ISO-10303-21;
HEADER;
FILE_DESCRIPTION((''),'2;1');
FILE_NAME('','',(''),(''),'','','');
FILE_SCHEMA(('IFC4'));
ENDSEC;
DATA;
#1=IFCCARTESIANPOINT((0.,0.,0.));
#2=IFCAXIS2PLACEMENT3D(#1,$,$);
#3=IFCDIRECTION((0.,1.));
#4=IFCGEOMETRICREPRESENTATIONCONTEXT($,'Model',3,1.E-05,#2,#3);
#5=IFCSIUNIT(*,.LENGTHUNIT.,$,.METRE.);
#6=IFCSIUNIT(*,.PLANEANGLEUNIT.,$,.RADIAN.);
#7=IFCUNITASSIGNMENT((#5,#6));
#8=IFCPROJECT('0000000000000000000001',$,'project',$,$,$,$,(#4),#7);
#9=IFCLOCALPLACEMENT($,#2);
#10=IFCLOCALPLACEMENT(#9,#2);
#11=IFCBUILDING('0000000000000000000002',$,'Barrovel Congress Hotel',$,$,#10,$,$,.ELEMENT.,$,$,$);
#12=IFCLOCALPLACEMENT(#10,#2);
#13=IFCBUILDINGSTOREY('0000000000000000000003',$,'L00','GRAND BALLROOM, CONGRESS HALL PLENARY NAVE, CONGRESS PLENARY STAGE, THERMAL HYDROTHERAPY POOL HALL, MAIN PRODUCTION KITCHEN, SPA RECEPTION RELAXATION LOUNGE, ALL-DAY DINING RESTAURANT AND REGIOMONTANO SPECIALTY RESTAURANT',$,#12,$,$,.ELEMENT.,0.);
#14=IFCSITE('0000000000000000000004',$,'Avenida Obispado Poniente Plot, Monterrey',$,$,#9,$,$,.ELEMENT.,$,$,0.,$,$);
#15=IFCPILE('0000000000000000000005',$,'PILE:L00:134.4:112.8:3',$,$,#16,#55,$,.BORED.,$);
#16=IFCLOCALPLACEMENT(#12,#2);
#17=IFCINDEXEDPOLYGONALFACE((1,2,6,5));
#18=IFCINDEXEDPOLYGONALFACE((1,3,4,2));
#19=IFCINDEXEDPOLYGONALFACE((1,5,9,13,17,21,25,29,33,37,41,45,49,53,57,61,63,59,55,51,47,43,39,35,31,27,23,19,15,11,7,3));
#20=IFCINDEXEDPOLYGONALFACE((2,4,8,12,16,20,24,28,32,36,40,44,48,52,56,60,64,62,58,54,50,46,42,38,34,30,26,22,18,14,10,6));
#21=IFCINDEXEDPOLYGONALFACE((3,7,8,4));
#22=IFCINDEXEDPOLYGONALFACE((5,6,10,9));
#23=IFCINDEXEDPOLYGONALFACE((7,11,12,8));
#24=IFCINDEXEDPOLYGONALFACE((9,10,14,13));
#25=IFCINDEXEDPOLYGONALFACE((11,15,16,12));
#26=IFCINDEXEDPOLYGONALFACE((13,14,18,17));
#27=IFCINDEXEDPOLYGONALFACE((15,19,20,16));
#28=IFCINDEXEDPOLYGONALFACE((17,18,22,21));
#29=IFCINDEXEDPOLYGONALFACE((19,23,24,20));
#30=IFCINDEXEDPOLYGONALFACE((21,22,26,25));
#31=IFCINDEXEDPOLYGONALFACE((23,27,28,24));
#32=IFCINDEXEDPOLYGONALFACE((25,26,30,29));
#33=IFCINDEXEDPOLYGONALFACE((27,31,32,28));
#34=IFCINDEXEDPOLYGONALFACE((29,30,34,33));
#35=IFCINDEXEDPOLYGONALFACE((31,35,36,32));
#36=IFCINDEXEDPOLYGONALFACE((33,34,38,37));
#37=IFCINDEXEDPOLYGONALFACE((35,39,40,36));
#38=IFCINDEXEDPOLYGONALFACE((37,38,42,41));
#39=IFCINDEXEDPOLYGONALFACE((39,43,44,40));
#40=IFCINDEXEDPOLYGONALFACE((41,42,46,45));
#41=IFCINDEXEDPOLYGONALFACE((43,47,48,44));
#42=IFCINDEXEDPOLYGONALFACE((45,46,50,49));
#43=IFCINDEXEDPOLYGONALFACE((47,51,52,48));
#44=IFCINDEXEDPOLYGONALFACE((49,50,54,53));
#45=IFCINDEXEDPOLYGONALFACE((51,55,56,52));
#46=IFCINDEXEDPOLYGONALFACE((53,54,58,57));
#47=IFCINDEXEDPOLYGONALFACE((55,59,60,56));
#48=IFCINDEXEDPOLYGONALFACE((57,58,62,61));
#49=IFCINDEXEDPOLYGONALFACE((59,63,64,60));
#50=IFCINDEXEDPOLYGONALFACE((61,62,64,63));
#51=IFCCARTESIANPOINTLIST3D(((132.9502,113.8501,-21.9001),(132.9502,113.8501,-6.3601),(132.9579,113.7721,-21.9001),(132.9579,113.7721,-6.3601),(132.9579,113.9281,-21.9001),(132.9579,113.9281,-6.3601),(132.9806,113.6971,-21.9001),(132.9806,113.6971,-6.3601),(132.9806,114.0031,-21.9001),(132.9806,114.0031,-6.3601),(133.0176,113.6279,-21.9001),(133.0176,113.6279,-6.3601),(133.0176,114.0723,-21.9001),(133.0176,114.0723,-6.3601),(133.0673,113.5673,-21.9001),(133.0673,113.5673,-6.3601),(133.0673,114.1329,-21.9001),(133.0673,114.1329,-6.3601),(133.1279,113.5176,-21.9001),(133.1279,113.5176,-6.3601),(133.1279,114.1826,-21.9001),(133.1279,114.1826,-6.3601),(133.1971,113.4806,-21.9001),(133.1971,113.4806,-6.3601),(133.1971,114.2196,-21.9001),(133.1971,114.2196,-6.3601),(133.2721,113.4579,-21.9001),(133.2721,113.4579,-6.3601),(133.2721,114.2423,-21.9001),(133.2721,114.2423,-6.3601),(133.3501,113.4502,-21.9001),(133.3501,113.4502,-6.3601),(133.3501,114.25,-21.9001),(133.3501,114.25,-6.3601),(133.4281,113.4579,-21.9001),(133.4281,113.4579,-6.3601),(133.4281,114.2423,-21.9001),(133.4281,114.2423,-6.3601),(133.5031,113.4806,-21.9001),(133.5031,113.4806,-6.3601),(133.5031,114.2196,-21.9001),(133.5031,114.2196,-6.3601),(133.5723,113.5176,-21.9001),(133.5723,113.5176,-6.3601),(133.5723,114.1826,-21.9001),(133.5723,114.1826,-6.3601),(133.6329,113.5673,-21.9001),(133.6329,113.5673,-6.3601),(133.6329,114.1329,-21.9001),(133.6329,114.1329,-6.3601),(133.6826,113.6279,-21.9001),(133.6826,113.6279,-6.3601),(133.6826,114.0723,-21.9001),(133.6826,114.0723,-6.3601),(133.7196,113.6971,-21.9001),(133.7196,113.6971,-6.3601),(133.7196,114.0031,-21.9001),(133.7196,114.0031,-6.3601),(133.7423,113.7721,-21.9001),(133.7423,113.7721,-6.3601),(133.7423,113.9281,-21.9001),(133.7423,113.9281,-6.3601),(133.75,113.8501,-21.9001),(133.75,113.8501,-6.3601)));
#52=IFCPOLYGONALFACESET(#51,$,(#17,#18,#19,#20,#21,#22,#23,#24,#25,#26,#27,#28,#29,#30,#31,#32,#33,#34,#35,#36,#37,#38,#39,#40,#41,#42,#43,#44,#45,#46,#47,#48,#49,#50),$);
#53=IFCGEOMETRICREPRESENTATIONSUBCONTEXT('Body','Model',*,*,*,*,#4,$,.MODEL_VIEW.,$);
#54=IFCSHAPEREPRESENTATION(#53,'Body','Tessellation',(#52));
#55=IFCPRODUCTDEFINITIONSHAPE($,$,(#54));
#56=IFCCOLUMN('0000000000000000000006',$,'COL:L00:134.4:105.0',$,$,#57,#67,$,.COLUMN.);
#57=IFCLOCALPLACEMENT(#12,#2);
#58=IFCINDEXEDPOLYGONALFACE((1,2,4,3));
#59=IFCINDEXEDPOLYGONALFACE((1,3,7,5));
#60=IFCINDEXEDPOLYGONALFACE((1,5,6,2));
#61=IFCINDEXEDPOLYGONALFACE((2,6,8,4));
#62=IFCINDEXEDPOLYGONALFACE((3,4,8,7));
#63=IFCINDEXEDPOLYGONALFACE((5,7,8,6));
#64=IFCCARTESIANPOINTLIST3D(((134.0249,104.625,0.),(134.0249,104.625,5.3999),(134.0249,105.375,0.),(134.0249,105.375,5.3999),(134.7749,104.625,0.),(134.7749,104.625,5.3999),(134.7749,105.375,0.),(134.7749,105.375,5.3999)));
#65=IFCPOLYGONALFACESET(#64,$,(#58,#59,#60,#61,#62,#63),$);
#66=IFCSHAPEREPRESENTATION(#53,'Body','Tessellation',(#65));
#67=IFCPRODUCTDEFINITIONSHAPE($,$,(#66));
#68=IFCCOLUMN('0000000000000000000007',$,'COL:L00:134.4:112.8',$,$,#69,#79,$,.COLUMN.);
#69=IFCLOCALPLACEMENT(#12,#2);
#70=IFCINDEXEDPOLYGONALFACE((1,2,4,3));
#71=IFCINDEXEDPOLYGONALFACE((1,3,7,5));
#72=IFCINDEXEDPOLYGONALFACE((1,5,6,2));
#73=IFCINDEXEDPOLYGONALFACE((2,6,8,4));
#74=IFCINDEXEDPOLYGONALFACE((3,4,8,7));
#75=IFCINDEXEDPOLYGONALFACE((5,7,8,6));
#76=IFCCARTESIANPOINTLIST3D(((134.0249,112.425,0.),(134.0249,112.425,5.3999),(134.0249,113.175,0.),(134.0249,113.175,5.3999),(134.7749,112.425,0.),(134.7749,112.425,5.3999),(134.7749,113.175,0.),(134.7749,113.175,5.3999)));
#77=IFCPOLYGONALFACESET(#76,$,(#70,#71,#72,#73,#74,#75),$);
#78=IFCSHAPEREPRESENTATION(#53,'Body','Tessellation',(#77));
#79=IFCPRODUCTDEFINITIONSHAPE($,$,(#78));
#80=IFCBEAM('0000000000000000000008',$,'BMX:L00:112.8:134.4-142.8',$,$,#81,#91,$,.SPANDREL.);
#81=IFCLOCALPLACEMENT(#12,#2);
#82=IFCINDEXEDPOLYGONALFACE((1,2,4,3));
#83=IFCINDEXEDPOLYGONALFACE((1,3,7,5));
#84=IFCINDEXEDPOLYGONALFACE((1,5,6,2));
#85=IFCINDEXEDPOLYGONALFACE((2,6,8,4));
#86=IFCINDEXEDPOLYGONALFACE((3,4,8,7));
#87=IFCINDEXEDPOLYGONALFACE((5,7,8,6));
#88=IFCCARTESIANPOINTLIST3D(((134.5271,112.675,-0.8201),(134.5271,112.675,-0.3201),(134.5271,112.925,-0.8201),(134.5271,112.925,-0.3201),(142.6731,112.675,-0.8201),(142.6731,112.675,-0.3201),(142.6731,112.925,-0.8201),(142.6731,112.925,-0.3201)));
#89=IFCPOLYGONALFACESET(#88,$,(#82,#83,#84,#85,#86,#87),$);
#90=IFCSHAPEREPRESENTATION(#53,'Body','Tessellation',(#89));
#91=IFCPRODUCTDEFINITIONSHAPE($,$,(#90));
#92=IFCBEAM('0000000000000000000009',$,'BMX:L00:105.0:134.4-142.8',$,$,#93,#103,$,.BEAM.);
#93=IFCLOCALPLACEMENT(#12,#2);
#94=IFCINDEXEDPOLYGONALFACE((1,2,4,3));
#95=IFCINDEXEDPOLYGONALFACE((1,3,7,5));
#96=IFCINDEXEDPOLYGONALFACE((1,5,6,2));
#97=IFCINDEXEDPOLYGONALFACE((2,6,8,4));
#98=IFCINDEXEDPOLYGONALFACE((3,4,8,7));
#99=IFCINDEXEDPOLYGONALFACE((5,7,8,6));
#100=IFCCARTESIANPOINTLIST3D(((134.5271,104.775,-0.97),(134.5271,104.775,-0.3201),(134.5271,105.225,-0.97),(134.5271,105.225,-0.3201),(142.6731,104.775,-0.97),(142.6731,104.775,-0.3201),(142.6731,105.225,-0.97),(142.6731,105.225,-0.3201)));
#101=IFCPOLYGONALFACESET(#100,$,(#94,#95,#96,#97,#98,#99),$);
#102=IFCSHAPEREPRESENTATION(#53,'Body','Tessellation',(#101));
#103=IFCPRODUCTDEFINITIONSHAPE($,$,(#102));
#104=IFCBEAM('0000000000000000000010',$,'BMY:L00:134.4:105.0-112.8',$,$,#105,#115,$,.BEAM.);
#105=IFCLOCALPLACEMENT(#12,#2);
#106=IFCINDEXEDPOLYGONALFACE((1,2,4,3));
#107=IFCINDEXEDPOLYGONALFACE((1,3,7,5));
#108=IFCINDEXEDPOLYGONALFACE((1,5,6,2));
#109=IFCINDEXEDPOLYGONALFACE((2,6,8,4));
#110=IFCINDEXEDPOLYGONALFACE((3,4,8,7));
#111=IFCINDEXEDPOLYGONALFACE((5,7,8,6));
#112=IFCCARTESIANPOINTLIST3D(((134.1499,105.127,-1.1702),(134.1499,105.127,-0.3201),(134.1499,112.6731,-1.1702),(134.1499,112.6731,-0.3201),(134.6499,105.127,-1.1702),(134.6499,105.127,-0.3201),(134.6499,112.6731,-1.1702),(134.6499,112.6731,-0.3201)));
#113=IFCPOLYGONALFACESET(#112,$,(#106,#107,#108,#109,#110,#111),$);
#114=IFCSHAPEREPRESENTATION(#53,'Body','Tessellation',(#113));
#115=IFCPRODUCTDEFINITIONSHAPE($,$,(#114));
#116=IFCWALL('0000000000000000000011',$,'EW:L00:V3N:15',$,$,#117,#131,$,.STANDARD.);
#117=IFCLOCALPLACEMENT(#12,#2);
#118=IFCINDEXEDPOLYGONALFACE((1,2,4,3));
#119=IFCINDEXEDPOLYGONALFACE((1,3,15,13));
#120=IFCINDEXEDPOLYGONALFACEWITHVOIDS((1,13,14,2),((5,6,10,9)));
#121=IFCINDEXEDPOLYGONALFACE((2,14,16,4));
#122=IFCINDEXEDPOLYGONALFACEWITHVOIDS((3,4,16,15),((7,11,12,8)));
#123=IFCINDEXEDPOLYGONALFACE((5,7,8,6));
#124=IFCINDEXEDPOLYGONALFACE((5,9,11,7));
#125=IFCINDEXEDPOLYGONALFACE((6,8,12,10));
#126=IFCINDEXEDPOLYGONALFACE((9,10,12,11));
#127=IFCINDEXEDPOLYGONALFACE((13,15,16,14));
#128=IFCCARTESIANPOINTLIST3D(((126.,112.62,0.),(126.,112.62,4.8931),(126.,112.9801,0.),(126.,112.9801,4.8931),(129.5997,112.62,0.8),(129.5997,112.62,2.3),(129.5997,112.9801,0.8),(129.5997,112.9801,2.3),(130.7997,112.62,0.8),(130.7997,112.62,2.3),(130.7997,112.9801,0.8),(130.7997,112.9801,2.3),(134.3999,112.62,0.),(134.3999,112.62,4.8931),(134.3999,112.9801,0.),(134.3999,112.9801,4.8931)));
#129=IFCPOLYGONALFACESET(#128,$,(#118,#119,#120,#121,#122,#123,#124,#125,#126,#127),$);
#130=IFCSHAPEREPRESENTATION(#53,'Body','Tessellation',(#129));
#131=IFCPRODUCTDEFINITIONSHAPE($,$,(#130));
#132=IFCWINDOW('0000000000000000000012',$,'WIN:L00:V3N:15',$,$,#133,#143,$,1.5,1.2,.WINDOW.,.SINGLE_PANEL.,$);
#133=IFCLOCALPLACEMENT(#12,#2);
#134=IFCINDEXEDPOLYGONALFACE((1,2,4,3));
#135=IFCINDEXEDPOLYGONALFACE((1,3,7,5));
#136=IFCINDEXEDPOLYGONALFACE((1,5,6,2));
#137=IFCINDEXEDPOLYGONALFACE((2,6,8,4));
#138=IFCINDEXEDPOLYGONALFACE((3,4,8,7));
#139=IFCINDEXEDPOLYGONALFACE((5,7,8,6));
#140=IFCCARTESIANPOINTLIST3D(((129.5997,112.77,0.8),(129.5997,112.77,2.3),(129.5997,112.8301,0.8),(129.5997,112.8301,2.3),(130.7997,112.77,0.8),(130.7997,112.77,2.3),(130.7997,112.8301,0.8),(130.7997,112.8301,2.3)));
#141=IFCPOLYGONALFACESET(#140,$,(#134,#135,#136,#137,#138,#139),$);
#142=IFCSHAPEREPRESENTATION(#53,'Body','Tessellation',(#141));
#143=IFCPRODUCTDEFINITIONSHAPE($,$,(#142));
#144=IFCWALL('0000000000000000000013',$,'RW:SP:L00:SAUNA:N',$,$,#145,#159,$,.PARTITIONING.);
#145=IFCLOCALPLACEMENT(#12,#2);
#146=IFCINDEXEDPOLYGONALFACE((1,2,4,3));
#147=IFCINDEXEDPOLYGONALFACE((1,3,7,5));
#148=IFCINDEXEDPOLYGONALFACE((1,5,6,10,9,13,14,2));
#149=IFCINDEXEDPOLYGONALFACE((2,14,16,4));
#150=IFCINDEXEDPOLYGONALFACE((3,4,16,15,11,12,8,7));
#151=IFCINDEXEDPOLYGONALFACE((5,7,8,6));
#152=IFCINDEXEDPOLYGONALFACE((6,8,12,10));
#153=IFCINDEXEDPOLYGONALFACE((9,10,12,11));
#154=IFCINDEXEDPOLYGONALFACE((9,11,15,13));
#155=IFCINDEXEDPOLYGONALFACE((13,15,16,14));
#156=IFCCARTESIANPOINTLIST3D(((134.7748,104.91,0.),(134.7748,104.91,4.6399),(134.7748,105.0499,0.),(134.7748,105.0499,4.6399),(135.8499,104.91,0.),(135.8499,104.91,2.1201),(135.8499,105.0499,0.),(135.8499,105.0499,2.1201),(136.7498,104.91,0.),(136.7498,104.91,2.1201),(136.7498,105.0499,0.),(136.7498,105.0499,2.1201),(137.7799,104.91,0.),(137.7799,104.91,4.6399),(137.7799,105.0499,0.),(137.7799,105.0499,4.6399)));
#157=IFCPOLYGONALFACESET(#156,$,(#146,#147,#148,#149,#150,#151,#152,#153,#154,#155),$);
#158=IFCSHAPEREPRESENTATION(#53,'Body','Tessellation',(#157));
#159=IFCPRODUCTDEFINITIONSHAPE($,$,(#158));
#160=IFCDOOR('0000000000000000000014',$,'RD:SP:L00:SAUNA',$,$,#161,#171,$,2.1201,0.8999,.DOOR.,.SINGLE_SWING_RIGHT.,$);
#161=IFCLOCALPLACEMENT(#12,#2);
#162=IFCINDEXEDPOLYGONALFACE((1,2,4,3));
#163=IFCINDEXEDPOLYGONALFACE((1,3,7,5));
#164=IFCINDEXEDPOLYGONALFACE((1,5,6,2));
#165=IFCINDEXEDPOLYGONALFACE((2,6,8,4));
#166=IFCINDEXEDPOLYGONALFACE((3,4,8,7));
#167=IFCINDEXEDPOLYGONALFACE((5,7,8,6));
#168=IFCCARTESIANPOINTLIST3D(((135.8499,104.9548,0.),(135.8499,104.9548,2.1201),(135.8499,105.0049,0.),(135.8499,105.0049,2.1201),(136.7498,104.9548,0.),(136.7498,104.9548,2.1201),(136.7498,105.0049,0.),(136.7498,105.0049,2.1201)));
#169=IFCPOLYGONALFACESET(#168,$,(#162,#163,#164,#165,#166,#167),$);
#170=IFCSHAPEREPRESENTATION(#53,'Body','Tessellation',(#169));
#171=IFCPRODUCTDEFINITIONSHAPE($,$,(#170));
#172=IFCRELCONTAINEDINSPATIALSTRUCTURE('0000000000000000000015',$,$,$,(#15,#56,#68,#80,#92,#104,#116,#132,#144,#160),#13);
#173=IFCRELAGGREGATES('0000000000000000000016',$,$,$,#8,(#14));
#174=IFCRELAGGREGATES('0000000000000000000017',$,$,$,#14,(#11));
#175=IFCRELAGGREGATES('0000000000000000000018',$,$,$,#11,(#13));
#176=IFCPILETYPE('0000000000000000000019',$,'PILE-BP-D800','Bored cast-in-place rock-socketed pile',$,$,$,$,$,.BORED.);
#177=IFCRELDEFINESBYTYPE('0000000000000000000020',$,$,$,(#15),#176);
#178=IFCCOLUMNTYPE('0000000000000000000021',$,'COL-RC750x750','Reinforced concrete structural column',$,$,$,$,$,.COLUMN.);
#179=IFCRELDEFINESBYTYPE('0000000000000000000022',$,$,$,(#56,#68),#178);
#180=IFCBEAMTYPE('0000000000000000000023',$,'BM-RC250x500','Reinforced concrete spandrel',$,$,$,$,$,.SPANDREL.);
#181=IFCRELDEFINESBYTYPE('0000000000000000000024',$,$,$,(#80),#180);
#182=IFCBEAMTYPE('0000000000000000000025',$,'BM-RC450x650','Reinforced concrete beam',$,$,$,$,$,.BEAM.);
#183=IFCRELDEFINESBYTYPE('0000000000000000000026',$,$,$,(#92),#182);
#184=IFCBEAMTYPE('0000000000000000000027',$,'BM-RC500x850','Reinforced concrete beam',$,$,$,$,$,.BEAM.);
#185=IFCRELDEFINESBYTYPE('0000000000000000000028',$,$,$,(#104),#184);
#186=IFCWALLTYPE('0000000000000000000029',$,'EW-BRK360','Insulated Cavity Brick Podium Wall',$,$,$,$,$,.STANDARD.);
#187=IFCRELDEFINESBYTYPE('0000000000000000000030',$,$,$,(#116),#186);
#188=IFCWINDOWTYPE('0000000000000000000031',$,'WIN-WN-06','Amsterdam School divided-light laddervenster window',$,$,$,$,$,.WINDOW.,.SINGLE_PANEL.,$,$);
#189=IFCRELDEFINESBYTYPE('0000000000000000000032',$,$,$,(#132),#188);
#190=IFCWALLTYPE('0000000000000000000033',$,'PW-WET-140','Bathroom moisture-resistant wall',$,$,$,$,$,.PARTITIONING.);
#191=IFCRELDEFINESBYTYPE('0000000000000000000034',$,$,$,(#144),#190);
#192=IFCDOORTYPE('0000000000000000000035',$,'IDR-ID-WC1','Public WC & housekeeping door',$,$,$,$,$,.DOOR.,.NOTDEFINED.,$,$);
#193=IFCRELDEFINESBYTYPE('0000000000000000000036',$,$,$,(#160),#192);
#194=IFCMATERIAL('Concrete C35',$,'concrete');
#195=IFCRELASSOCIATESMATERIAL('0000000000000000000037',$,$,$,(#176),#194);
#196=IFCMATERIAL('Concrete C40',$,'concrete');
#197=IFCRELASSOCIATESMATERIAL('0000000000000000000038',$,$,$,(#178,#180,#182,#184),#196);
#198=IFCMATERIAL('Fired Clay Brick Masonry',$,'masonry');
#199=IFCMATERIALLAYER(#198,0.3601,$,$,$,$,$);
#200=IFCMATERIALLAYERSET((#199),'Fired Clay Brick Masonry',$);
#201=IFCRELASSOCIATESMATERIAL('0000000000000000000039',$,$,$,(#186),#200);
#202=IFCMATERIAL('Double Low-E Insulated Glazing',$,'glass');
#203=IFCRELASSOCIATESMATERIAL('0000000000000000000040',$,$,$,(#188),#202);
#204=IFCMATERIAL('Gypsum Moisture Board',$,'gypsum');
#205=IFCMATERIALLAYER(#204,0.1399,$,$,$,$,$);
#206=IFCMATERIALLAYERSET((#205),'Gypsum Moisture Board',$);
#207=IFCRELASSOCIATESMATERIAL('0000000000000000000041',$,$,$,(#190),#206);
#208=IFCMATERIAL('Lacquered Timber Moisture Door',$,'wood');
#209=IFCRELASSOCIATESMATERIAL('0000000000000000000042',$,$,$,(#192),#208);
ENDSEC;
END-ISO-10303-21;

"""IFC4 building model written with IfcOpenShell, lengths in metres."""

from ifc_helpers import new_model, si_unit, direction, frame, frame_2d, origin, origin_2d, place, context, subcontext, project, spatial, rectangle, circle, extrude, material, layer, layer_set, material_profile, profile_set, type_object, element, fill, save


model = new_model("IFC4")

# Units and contexts
model_context = context("Model", 3, precision=1e-05, world=origin(), true_north=direction((0.0, 1.0)))
body_context = subcontext(model_context, "Body", "Model", "MODEL_VIEW")
ifc_project = project(units=[si_unit("LENGTHUNIT", "METRE"), si_unit("PLANEANGLEUNIT", "RADIAN")], contexts=[model_context])

# Site, building, storey
site_placement = place(None, origin())
site = spatial("IfcSite", under=ifc_project, at=site_placement, Name="Avenida Obispado Poniente Plot, Monterrey", CompositionType="ELEMENT", RefElevation=0.0)
building_placement = place(site_placement, origin())
building = spatial("IfcBuilding", under=site, at=building_placement, Name="Barrovel Congress Hotel", CompositionType="ELEMENT")
storey_placement = place(building_placement, origin())
storey = spatial("IfcBuildingStorey", under=building, at=storey_placement, Name="L00", Description="GRAND BALLROOM, CONGRESS HALL PLENARY NAVE, CONGRESS PLENARY STAGE, THERMAL HYDROTHERAPY POOL HALL, MAIN PRODUCTION KITCHEN, SPA RECEPTION RELAXATION LOUNGE, ALL-DAY DINING RESTAURANT AND REGIOMONTANO SPECIALTY RESTAURANT", CompositionType="ELEMENT", Elevation=0.0)

# Shared definitions
ifc_material_1 = material(Name="Concrete C40", Category="concrete")

# Pile
ifc_material_2 = material(Name="Concrete C35", Category="concrete")
ifc_material_profile_1 = material_profile(ifc_material_2, circle(Radius=0.3999, at=origin_2d()), Name="BP-D800")
ifc_profile_set_1 = profile_set([ifc_material_profile_1], Name="Concrete C35")
pile_type = type_object("IfcPileType", Name="PILE-BP-D800", Description="Bored cast-in-place rock-socketed pile", PredefinedType="BORED", material=ifc_profile_set_1)
for number, where, z_axis, x_axis, name in (
    (1, (133.3501, 113.8501, -6.3601), (0.0, 0.0, -1.0), (1.0, 0.0, 0.0), "PILE:L00:134.4:112.8:3"),
):
    element("IfcPile", number, at=place(storey_placement, frame(where, z_axis=z_axis, x_axis=x_axis)), inside=storey, type_object=pile_type, Name=name, PredefinedType="BORED", context=body_context, shape_type="SweptSolid", body=[
        extrude(circle(Radius=0.3999, at=origin_2d()), origin(), (0.0, 0.0, 1.0), 15.54),
    ])

# Columns
ifc_material_profile_2 = material_profile(ifc_material_1, rectangle(XDim=0.75, YDim=0.75, at=origin_2d()), Name="RC750x750")
ifc_profile_set_2 = profile_set([ifc_material_profile_2], Name="Concrete C40")
column_type = type_object("IfcColumnType", Name="COL-RC750x750", Description="Reinforced concrete structural column", PredefinedType="COLUMN", material=ifc_profile_set_2)
for number, where, z_axis, x_axis, name in (
    (2, (134.3999, 105.0, 0.0), (0.0, 0.0, 1.0), (1.0, 0.0, 0.0), "COL:L00:134.4:105.0"),
    (3, (134.3999, 112.8, 0.0), (0.0, 0.0, 1.0), (1.0, 0.0, 0.0), "COL:L00:134.4:112.8"),
):
    element("IfcColumn", number, at=place(storey_placement, frame(where, z_axis=z_axis, x_axis=x_axis)), inside=storey, type_object=column_type, Name=name, PredefinedType="COLUMN", context=body_context, shape_type="SweptSolid", body=[
        extrude(rectangle(XDim=0.75, YDim=0.75, at=origin_2d()), origin(), (0.0, 0.0, 1.0), 5.3999),
    ])

# Beams
ifc_material_profile_3 = material_profile(ifc_material_1, rectangle(XDim=0.25, YDim=0.5, at=origin_2d()), Name="RC250x500")
ifc_profile_set_3 = profile_set([ifc_material_profile_3], Name="Concrete C40")
beam_type_1 = type_object("IfcBeamType", Name="BM-RC250x500", Description="Reinforced concrete spandrel", PredefinedType="SPANDREL", material=ifc_profile_set_3)
beam_1_placement = place(storey_placement, frame((134.5271, 112.8, -0.5701), z_axis=(1.0, 0.0, 0.0), x_axis=(0.0, 1.0, 0.0)))
element("IfcBeam", 4, at=beam_1_placement, inside=storey, type_object=beam_type_1, Name="BMX:L00:112.8:134.4-142.8", PredefinedType="SPANDREL", context=body_context, shape_type="SweptSolid", body=[
    extrude(rectangle(XDim=0.25, YDim=0.5, at=origin_2d()), origin(), (0.0, 0.0, 1.0), 8.146),
])
ifc_material_profile_4 = material_profile(ifc_material_1, rectangle(XDim=0.45, YDim=0.6499, at=origin_2d()), Name="RC450x650")
ifc_profile_set_4 = profile_set([ifc_material_profile_4], Name="Concrete C40")
beam_type_2 = type_object("IfcBeamType", Name="BM-RC450x650", Description="Reinforced concrete beam", PredefinedType="BEAM", material=ifc_profile_set_4)
beam_2_placement = place(storey_placement, frame((134.5271, 105.0, -0.645), z_axis=(1.0, 0.0, 0.0), x_axis=(0.0, 1.0, 0.0)))
element("IfcBeam", 5, at=beam_2_placement, inside=storey, type_object=beam_type_2, Name="BMX:L00:105.0:134.4-142.8", PredefinedType="BEAM", context=body_context, shape_type="SweptSolid", body=[
    extrude(rectangle(XDim=0.45, YDim=0.6499, at=origin_2d()), origin(), (0.0, 0.0, 1.0), 8.146),
])
ifc_material_profile_5 = material_profile(ifc_material_1, rectangle(XDim=0.5, YDim=0.8501, at=origin_2d()), Name="RC500x850")
ifc_profile_set_5 = profile_set([ifc_material_profile_5], Name="Concrete C40")
beam_type_3 = type_object("IfcBeamType", Name="BM-RC500x850", Description="Reinforced concrete beam", PredefinedType="BEAM", material=ifc_profile_set_5)
beam_3_placement = place(storey_placement, frame((134.3999, 105.127, -0.7451), z_axis=(0.0, 1.0, 0.0), x_axis=(-1.0, 0.0, 0.0)))
element("IfcBeam", 6, at=beam_3_placement, inside=storey, type_object=beam_type_3, Name="BMY:L00:134.4:105.0-112.8", PredefinedType="BEAM", context=body_context, shape_type="SweptSolid", body=[
    extrude(rectangle(XDim=0.5, YDim=0.8501, at=origin_2d()), origin(), (0.0, 0.0, 1.0), 7.5461),
])

# Wall, opening, window
ifc_material_3 = material(Name="Fired Clay Brick Masonry", Category="masonry")
ifc_layer_1 = layer(ifc_material_3, 0.3601)
ifc_layer_set_1 = layer_set([ifc_layer_1], Name="Fired Clay Brick Masonry")
wall_type_1 = type_object("IfcWallType", Name="EW-BRK360", Description="Insulated Cavity Brick Podium Wall", PredefinedType="STANDARD", material=ifc_layer_set_1)
wall_1_placement = place(storey_placement, frame((134.3999, 112.8, 0.0), z_axis=(0.0, 0.0, 1.0), x_axis=(-1.0, 0.0, 0.0)))
wall_1 = element("IfcWall", 7, at=wall_1_placement, inside=storey, type_object=wall_type_1, Name="EW:L00:V3N:15", PredefinedType="STANDARD", context=body_context, shape_type="SweptSolid", body=[
    extrude(rectangle(XDim=8.3999, YDim=0.3601, at=frame_2d((4.2, 0.0))), origin(), (0.0, 0.0, 1.0), 4.8931),
])
opening_1_placement = place(wall_1_placement, frame((3.6001, 0.0, 0.8)))
opening_1 = element("IfcOpeningElement", 8, at=opening_1_placement, cuts=wall_1, PredefinedType="OPENING", context=body_context, shape_type="SweptSolid", body=[
    extrude(rectangle(XDim=1.2, YDim=1.5, at=frame_2d((0.6001, 0.75))), frame((0.0, 0.1899, 0.0), z_axis=(0.0, -1.0, 0.0), x_axis=(1.0, 0.0, 0.0)), (0.0, 0.0, 1.0), 0.3801),
])
ifc_material_4 = material(Name="Double Low-E Insulated Glazing", Category="glass")
window_type = type_object("IfcWindowType", Name="WIN-WN-06", Description="Amsterdam School divided-light laddervenster window", PartitioningType="SINGLE_PANEL", PredefinedType="WINDOW", material=ifc_material_4)
window_placement = place(opening_1_placement, origin())
window = element("IfcWindow", 9, at=window_placement, inside=storey, type_object=window_type, Name="WIN:L00:V3N:15", OverallHeight=1.5, OverallWidth=1.2, PartitioningType="SINGLE_PANEL", PredefinedType="WINDOW", context=body_context, shape_type="SweptSolid", body=[
    extrude(rectangle(XDim=1.2, YDim=1.5, at=frame_2d((0.6001, 0.75))), frame((0.0, 0.03, 0.0), z_axis=(0.0, -1.0, 0.0), x_axis=(1.0, 0.0, 0.0)), (0.0, 0.0, 1.0), 0.0601),
])
fill(opening_1, window)

# Wall, opening, door
ifc_material_5 = material(Name="Gypsum Moisture Board", Category="gypsum")
ifc_layer_2 = layer(ifc_material_5, 0.1399)
ifc_layer_set_2 = layer_set([ifc_layer_2], Name="Gypsum Moisture Board")
wall_type_2 = type_object("IfcWallType", Name="PW-WET-140", Description="Bathroom moisture-resistant wall", PredefinedType="PARTITIONING", material=ifc_layer_set_2)
wall_2_placement = place(storey_placement, frame((134.7749, 104.98, 0.0), z_axis=(0.0, 0.0, 1.0), x_axis=(1.0, 0.0, 0.0)))
wall_2 = element("IfcWall", 10, at=wall_2_placement, inside=storey, type_object=wall_type_2, Name="RW:SP:L00:SAUNA:N", PredefinedType="PARTITIONING", context=body_context, shape_type="SweptSolid", body=[
    extrude(rectangle(XDim=3.0051, YDim=0.1399, at=frame_2d((1.5024, 0.0))), origin(), (0.0, 0.0, 1.0), 4.6399),
])
opening_2_placement = place(wall_2_placement, frame((1.075, 0.0, 0.0)))
opening_2 = element("IfcOpeningElement", 11, at=opening_2_placement, cuts=wall_2, PredefinedType="OPENING", context=body_context, shape_type="SweptSolid", body=[
    extrude(rectangle(XDim=0.8999, YDim=2.1201, at=frame_2d((0.45, 1.0601))), frame((0.0, 0.0801, 0.0), z_axis=(0.0, -1.0, 0.0), x_axis=(1.0, 0.0, 0.0)), (0.0, 0.0, 1.0), 0.1599),
])
ifc_material_6 = material(Name="Lacquered Timber Moisture Door", Category="wood")
door_type = type_object("IfcDoorType", Name="IDR-ID-WC1", Description="Public WC & housekeeping door", OperationType="NOTDEFINED", PredefinedType="DOOR", material=ifc_material_6)
door_1_placement = place(opening_2_placement, origin())
door_1 = element("IfcDoor", 12, at=door_1_placement, inside=storey, type_object=door_type, Name="RD:SP:L00:SAUNA", OperationType="SINGLE_SWING_RIGHT", OverallHeight=2.1201, OverallWidth=0.8999, PredefinedType="DOOR", context=body_context, shape_type="SweptSolid", body=[
    extrude(rectangle(XDim=0.8999, YDim=2.1201, at=frame_2d((0.45, 1.0601))), frame((0.0, 0.0249, 0.0), z_axis=(0.0, -1.0, 0.0), x_axis=(1.0, 0.0, 0.0)), (0.0, 0.0, 1.0), 0.05),
])
fill(opening_2, door_1)

save(model, "model.ifc")
